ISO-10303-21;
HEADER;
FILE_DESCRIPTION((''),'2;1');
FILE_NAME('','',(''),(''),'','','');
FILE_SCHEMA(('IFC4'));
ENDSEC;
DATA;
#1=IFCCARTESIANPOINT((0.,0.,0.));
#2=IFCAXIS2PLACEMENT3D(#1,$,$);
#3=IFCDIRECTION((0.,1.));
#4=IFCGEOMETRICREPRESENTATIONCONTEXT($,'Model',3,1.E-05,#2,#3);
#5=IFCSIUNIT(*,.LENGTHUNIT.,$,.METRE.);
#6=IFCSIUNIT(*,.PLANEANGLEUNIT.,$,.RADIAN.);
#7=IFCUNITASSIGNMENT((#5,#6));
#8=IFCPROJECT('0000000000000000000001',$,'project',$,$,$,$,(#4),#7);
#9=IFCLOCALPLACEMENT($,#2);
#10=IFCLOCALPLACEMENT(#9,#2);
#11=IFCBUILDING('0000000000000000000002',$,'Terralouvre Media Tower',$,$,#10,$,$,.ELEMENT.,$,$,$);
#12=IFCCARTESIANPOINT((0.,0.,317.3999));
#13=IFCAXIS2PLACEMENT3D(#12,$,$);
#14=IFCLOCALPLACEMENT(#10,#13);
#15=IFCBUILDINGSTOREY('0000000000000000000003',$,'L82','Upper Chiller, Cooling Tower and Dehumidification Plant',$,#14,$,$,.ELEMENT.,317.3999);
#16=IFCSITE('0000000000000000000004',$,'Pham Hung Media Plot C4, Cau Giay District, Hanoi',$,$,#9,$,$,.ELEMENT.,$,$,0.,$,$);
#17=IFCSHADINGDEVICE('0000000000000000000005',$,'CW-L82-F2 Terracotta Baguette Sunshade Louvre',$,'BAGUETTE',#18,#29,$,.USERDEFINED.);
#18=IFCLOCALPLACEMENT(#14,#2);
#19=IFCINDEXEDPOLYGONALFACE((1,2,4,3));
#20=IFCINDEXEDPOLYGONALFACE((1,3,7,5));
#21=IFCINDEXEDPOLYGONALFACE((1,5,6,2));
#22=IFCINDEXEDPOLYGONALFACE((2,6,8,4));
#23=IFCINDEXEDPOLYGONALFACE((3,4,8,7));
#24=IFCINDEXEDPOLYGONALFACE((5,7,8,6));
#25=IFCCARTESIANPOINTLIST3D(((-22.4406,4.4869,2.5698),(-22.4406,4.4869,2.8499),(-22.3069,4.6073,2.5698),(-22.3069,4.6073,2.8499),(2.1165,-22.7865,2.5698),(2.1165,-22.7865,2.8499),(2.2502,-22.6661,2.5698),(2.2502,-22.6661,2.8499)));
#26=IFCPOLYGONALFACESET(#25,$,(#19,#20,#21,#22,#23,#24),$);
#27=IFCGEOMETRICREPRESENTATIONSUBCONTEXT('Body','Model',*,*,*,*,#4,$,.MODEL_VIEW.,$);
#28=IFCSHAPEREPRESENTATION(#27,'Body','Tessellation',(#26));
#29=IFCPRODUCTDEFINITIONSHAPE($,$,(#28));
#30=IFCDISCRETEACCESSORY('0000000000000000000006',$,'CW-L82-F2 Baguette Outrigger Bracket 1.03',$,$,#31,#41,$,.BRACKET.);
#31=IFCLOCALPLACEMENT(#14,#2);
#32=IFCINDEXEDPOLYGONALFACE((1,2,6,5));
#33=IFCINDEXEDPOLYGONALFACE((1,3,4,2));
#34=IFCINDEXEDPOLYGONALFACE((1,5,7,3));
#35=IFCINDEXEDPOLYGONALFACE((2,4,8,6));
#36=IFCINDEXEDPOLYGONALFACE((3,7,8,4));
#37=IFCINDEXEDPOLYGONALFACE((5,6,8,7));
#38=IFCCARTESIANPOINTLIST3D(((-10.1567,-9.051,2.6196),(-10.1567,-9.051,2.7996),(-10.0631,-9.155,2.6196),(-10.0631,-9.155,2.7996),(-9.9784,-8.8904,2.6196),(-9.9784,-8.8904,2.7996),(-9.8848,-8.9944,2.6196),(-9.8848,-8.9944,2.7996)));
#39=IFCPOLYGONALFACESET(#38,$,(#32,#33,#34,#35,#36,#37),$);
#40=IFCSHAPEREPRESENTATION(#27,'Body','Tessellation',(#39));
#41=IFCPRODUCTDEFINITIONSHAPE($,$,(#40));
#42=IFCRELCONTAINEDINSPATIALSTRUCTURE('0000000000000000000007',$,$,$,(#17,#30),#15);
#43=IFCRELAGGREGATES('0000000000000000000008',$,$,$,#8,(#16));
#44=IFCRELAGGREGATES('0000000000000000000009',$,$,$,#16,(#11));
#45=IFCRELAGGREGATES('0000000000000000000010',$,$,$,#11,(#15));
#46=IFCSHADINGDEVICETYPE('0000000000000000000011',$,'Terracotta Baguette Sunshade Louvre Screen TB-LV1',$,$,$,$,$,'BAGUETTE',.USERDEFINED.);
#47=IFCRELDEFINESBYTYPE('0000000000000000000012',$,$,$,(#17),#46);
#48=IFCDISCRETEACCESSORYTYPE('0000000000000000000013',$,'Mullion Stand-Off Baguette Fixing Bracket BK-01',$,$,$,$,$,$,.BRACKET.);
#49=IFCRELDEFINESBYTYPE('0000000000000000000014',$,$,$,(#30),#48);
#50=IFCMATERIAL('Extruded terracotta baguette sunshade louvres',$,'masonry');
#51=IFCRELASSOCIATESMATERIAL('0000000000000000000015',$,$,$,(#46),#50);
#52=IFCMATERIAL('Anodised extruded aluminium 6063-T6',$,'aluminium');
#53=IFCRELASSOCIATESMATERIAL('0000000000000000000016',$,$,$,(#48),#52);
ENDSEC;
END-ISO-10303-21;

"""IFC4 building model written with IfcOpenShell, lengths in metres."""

from ifc_helpers import new_model, si_unit, direction, frame, origin, origin_2d, place, context, subcontext, project, spatial, rectangle, extrude, material, type_object, element, save


model = new_model("IFC4")

# Units and contexts
model_context = context("Model", 3, precision=1e-05, world=origin(), true_north=direction((0.0, 1.0)))
body_context = subcontext(model_context, "Body", "Model", "MODEL_VIEW")
ifc_project = project(units=[si_unit("LENGTHUNIT", "METRE"), si_unit("PLANEANGLEUNIT", "RADIAN")], contexts=[model_context])

# Site, building, storey
site_placement = place(None, origin())
site = spatial("IfcSite", under=ifc_project, at=site_placement, Name="Pham Hung Media Plot C4, Cau Giay District, Hanoi", CompositionType="ELEMENT", RefElevation=0.0)
building_placement = place(site_placement, origin())
building = spatial("IfcBuilding", under=site, at=building_placement, Name="Terralouvre Media Tower", CompositionType="ELEMENT")
storey_placement = place(building_placement, frame((0.0, 0.0, 317.3999)))
storey = spatial("IfcBuildingStorey", under=building, at=storey_placement, Name="L82", Description="Upper Chiller, Cooling Tower and Dehumidification Plant", CompositionType="ELEMENT", Elevation=317.3999)

# Shading device
ifc_material_1 = material(Name="Extruded terracotta baguette sunshade louvres", Category="masonry")
shading_device_type = type_object("IfcShadingDeviceType", Name="Terracotta Baguette Sunshade Louvre Screen TB-LV1", ElementType="BAGUETTE", PredefinedType="USERDEFINED", material=ifc_material_1)
shading_device_placement = place(storey_placement, frame((-10.0952, -9.0896, 2.5698), z_axis=(0.0, 0.0, 1.0), x_axis=(0.66913, -0.743145, 0.0)))
element("IfcShadingDevice", 1, at=shading_device_placement, inside=storey, type_object=shading_device_type, Name="CW-L82-F2 Terracotta Baguette Sunshade Louvre", ObjectType="BAGUETTE", PredefinedType="USERDEFINED", context=body_context, shape_type="SweptSolid", body=[
    extrude(rectangle(XDim=36.7, YDim=0.1799, at=origin_2d()), origin(), (0.0, 0.0, 1.0), 0.28),
])

# Discrete accessory
ifc_material_2 = material(Name="Anodised extruded aluminium 6063-T6", Category="aluminium")
discrete_accessory_type = type_object("IfcDiscreteAccessoryType", Name="Mullion Stand-Off Baguette Fixing Bracket BK-01", PredefinedType="BRACKET", material=ifc_material_2)
discrete_accessory_placement = place(storey_placement, frame((-10.0208, -9.0227, 2.6196), z_axis=(0.0, 0.0, 1.0), x_axis=(0.66913, -0.743145, 0.0)))
element("IfcDiscreteAccessory", 2, at=discrete_accessory_placement, inside=storey, type_object=discrete_accessory_type, Name="CW-L82-F2 Baguette Outrigger Bracket 1.03", PredefinedType="BRACKET", context=body_context, shape_type="SweptSolid", body=[
    extrude(rectangle(XDim=0.1399, YDim=0.24, at=origin_2d()), origin(), (0.0, 0.0, 1.0), 0.1799),
])

save(model, "model.ifc")
